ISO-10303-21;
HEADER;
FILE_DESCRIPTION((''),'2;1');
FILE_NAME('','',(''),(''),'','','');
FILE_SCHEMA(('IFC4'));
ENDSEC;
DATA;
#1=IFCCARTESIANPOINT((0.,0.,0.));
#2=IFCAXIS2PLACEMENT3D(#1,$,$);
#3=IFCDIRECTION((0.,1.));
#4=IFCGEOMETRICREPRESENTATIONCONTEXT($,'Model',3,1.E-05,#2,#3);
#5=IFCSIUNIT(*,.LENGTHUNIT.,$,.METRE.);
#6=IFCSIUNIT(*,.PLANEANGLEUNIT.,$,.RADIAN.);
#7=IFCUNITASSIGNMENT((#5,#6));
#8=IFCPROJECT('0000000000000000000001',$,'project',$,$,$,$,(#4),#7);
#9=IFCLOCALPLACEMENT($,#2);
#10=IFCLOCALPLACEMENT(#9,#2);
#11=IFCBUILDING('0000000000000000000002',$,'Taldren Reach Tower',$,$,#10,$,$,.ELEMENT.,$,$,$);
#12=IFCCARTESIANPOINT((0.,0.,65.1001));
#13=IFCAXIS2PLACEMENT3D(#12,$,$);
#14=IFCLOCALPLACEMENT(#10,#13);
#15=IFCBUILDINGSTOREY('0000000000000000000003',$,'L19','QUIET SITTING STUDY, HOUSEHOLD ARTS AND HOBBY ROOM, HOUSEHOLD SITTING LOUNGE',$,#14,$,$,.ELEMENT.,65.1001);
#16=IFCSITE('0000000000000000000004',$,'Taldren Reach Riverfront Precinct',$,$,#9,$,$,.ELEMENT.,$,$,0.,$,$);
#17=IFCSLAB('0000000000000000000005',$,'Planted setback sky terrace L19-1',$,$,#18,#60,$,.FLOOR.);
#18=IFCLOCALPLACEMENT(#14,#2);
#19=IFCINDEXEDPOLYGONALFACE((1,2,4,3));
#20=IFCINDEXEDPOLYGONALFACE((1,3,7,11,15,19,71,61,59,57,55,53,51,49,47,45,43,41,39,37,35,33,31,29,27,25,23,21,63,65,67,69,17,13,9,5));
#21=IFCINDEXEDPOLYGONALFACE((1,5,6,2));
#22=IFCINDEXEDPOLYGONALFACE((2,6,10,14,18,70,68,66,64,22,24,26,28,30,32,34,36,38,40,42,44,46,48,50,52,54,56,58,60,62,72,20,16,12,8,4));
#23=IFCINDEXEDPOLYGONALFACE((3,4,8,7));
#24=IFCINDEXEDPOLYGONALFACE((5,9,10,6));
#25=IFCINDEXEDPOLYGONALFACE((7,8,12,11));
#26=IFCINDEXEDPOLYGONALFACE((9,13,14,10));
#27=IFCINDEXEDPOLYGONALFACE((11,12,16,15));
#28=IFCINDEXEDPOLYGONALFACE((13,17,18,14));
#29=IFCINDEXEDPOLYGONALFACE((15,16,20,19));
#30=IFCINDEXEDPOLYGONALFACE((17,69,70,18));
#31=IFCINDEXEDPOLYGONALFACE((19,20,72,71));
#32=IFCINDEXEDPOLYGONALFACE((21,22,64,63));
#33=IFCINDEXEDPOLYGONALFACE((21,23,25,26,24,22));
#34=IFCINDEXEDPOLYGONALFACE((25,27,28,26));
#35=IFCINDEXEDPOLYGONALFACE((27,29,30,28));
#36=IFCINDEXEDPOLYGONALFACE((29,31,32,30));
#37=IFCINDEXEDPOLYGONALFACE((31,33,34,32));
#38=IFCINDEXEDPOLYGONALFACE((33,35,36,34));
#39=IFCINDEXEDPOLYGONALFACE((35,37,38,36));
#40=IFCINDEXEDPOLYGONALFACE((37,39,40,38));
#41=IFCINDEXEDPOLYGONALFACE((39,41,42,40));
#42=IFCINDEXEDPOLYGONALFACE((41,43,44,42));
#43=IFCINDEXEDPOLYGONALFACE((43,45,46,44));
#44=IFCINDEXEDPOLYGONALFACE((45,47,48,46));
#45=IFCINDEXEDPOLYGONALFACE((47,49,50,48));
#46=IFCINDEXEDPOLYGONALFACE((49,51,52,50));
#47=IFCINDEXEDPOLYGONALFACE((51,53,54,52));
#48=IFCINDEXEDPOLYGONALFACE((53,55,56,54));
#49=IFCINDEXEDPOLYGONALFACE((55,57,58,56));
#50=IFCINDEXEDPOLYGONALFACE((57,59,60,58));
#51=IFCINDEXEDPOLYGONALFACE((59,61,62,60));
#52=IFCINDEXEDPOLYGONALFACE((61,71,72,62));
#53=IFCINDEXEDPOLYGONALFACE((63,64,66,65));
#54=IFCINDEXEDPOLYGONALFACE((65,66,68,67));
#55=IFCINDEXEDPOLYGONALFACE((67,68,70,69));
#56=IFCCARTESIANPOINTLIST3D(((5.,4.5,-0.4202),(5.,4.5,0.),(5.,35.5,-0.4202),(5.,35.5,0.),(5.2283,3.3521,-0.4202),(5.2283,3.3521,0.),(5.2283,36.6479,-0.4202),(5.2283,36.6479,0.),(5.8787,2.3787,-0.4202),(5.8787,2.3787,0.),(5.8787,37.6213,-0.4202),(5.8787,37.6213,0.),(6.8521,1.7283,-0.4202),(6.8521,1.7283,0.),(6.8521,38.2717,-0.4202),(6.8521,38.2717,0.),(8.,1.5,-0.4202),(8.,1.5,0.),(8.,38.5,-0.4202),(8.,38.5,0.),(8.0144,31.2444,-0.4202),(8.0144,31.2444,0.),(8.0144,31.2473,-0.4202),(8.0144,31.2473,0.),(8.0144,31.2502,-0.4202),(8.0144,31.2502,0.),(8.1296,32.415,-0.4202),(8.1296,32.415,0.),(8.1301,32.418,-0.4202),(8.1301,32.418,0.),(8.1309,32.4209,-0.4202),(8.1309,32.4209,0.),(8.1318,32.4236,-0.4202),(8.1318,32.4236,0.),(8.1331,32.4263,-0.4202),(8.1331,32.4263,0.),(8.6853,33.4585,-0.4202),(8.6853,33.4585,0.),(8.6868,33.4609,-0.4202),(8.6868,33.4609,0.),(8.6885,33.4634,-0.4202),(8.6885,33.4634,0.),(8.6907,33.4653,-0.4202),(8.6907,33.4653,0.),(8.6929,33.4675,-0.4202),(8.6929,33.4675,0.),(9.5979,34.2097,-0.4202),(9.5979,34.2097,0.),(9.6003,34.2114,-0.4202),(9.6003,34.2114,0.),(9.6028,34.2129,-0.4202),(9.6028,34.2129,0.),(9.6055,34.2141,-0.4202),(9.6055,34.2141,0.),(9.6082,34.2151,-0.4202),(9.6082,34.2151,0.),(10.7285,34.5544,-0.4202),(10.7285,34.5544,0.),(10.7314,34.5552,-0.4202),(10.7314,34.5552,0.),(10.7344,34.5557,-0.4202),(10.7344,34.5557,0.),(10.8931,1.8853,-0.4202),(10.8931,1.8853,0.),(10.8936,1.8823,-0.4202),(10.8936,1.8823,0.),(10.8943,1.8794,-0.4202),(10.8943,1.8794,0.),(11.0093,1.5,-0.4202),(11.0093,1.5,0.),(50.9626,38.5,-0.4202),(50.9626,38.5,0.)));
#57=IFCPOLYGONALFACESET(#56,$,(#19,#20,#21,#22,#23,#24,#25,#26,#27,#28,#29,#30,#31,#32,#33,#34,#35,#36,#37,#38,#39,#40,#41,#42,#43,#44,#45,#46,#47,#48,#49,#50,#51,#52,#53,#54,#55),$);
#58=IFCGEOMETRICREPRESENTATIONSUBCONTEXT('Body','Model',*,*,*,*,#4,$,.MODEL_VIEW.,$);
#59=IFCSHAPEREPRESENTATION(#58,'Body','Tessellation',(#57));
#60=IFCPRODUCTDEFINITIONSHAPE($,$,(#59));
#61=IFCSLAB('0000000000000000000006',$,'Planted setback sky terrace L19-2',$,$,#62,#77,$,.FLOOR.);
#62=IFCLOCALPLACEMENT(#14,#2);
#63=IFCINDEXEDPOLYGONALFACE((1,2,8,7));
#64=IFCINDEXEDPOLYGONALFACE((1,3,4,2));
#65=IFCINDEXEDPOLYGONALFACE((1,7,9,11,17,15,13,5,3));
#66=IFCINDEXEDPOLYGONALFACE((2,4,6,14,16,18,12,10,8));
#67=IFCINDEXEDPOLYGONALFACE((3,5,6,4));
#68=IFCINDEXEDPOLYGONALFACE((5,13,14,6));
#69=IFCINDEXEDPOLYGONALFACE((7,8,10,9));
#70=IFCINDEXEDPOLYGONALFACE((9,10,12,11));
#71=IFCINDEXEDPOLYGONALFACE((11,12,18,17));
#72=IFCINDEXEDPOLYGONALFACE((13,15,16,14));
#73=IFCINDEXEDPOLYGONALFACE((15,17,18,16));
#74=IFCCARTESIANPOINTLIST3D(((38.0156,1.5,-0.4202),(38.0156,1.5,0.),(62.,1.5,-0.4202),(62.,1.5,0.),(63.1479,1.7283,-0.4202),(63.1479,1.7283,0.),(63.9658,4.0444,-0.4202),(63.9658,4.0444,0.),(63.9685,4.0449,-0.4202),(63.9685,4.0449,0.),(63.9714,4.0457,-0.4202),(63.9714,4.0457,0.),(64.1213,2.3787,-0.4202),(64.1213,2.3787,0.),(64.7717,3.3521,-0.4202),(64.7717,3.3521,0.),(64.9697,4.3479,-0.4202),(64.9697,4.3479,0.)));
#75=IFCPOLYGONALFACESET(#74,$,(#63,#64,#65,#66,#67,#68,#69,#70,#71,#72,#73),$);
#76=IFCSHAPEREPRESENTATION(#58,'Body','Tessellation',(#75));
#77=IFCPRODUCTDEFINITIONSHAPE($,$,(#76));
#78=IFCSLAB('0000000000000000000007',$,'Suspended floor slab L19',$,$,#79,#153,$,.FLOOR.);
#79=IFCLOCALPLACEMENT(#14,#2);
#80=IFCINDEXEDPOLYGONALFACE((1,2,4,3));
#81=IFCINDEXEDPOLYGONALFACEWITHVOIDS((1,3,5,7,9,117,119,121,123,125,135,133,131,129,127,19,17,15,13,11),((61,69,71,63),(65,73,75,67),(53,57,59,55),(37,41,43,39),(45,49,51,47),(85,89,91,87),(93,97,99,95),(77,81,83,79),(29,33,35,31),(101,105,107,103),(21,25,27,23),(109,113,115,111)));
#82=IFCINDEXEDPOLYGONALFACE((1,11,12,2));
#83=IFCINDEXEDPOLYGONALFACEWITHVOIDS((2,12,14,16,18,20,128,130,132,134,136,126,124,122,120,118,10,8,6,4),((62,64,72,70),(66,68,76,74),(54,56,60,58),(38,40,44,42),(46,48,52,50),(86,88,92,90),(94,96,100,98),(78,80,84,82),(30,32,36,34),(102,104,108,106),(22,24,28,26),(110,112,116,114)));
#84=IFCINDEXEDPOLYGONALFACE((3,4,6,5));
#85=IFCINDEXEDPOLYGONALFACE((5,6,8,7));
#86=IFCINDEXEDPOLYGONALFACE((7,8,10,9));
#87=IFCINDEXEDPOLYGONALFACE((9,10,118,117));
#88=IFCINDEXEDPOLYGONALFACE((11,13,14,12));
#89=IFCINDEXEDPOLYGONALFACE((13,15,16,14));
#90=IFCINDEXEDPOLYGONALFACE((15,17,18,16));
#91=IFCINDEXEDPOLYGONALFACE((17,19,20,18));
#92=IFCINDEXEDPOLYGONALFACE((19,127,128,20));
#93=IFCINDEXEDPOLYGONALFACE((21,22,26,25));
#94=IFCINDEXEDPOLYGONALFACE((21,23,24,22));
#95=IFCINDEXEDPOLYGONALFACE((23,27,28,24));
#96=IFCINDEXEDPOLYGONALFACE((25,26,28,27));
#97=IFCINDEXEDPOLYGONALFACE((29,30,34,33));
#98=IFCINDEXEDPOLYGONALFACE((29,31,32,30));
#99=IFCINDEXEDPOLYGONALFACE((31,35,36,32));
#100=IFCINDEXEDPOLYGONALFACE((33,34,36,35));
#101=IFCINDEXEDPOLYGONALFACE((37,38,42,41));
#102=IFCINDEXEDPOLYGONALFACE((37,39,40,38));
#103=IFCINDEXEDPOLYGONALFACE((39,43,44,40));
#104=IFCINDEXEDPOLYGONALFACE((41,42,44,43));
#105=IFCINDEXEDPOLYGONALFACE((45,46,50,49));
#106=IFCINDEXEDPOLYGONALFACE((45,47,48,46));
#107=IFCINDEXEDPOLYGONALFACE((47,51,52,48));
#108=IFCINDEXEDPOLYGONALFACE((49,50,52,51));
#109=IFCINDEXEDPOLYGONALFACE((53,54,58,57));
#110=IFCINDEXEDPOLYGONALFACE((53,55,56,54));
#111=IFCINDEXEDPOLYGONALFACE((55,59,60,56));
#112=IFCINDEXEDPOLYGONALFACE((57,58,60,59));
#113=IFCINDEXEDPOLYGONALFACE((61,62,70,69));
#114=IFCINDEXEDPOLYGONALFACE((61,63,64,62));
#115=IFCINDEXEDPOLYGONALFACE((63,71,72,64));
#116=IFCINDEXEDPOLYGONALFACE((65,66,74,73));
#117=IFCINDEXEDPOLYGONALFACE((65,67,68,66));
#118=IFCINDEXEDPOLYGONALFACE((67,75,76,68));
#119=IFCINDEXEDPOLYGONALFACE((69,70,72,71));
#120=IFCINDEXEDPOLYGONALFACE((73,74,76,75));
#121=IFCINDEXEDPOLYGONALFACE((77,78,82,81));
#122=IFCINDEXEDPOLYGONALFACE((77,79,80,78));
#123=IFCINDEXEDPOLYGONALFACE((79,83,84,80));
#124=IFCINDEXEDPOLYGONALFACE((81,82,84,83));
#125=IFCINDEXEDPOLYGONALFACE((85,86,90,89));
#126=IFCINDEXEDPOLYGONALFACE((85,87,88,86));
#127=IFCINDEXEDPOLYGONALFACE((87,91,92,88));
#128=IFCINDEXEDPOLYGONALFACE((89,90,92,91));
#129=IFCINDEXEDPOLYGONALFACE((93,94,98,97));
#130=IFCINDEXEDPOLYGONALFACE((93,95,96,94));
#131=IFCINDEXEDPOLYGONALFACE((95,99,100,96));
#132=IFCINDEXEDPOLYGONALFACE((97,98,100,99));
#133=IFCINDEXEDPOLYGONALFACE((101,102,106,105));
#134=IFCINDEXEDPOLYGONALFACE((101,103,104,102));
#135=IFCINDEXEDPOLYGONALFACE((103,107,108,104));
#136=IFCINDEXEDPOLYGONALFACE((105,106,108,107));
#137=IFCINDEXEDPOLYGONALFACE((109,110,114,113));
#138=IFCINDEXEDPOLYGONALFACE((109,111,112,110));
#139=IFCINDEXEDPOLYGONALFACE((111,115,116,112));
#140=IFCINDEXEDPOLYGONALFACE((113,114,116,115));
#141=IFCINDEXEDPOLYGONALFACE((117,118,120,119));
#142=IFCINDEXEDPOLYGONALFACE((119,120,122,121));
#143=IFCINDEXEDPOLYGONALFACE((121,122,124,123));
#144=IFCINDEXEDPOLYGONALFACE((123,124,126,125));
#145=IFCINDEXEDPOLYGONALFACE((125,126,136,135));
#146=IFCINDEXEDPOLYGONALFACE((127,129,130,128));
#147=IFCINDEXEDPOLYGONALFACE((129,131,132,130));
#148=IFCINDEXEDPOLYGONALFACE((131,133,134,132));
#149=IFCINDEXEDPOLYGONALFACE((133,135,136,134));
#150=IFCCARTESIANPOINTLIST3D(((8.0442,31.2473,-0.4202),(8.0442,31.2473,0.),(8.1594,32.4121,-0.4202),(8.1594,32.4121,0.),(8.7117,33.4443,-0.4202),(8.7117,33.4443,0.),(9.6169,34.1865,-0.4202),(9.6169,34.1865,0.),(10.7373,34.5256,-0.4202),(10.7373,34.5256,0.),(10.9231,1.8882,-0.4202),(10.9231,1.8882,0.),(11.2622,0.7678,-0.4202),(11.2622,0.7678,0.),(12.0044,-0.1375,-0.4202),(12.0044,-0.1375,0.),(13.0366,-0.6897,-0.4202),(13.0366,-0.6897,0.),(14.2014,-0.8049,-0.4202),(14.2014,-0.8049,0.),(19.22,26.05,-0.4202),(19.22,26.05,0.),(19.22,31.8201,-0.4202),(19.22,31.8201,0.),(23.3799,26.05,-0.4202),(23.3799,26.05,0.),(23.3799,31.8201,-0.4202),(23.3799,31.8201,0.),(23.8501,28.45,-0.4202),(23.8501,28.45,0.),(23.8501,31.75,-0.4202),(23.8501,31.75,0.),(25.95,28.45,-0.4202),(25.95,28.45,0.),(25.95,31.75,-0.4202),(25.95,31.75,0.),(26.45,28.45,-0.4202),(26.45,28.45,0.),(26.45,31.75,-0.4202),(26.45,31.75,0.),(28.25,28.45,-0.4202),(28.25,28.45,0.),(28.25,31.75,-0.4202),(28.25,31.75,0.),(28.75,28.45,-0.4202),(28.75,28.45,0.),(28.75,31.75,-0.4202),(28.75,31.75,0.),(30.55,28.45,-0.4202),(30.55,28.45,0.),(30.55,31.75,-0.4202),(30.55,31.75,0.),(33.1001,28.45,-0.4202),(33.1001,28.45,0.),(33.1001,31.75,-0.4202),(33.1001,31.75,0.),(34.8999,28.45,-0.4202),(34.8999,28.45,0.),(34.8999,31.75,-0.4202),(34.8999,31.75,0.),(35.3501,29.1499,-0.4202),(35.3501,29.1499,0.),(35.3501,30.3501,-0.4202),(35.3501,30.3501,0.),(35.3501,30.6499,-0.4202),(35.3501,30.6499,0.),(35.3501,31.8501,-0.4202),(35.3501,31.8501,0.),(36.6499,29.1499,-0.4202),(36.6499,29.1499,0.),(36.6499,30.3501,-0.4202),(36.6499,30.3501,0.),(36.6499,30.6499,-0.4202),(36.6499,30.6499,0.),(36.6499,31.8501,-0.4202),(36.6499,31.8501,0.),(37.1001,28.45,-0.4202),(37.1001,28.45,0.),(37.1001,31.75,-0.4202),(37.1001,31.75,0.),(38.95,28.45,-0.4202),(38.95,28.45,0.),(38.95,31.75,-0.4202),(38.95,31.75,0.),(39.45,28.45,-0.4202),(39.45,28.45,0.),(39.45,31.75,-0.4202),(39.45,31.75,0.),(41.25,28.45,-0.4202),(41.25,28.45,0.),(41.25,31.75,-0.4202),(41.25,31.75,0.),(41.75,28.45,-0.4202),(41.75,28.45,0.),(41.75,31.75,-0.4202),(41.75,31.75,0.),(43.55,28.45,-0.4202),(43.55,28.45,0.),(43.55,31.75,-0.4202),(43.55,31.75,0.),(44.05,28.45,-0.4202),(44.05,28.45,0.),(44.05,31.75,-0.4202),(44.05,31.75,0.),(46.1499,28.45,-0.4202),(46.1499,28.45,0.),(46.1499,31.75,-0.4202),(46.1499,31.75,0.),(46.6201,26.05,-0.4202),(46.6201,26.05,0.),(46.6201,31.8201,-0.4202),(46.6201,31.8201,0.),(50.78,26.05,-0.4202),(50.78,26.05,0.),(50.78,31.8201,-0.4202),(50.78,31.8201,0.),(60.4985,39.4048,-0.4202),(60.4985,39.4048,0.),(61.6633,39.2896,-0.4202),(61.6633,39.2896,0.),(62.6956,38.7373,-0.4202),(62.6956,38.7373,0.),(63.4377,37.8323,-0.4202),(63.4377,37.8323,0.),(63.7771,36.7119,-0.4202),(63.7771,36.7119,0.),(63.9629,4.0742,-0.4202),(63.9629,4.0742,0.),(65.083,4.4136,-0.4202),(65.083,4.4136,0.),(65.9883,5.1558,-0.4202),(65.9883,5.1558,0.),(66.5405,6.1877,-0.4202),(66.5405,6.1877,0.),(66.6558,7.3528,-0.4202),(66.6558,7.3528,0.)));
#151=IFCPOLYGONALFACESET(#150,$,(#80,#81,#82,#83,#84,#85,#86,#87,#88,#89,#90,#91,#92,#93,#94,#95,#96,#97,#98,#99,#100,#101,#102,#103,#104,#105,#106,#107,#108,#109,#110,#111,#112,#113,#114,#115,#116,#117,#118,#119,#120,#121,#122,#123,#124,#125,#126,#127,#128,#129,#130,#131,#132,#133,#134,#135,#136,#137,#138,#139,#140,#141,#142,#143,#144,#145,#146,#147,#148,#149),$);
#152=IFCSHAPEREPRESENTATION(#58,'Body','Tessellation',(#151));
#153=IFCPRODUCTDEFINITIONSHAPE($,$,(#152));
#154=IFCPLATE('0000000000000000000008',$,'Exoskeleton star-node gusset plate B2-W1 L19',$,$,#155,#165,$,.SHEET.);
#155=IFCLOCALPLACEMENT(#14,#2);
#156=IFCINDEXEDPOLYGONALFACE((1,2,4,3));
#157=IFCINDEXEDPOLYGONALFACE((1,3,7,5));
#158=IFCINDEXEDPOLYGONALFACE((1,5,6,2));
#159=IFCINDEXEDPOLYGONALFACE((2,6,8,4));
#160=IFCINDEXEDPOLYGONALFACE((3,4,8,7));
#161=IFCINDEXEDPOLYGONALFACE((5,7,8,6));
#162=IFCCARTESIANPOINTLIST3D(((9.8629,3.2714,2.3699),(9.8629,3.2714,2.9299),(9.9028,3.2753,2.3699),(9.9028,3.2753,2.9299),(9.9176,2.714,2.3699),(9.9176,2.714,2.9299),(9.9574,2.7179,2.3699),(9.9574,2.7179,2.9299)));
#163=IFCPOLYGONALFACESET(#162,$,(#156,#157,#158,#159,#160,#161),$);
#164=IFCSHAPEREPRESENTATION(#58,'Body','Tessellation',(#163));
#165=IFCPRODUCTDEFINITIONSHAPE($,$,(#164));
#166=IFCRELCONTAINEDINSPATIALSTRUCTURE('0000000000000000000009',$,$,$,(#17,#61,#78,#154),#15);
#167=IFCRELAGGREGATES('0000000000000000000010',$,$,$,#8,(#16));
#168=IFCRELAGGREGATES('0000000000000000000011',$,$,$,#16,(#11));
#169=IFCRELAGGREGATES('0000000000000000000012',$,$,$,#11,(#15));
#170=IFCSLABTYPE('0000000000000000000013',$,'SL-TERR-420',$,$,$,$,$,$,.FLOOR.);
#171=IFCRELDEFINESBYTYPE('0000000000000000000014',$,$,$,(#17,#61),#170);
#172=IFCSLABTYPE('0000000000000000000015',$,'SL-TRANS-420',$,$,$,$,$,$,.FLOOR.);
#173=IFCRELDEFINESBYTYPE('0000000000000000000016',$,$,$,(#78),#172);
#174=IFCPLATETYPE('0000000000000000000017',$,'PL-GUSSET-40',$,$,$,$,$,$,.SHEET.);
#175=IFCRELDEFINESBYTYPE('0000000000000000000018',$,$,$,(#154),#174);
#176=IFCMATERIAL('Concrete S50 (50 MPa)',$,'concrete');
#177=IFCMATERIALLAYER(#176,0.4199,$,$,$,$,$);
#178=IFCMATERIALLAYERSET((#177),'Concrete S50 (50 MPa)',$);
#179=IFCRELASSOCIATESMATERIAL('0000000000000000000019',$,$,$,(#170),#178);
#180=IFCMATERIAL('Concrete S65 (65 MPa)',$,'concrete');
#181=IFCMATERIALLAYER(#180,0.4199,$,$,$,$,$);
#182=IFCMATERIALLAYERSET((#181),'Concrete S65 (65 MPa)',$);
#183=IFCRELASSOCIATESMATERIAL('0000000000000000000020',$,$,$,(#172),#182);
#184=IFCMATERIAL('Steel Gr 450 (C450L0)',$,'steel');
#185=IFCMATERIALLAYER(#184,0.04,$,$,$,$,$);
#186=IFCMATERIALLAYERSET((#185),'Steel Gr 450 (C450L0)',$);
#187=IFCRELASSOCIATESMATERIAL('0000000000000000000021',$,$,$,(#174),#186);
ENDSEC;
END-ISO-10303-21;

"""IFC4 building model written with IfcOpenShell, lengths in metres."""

from ifc_helpers import new_model, si_unit, direction, frame, origin, origin_2d, place, context, subcontext, project, spatial, polyline, rectangle, outline, extrude, source, transform, mapped, material, layer, layer_set, type_object, element, save


model = new_model("IFC4")

# Units and contexts
model_context = context("Model", 3, precision=1e-05, world=origin(), true_north=direction((0.0, 1.0)))
body_context = subcontext(model_context, "Body", "Model", "MODEL_VIEW")
ifc_project = project(units=[si_unit("LENGTHUNIT", "METRE"), si_unit("PLANEANGLEUNIT", "RADIAN")], contexts=[model_context])

# Site, building, storey
site_placement = place(None, origin())
site = spatial("IfcSite", under=ifc_project, at=site_placement, Name="Taldren Reach Riverfront Precinct", CompositionType="ELEMENT", RefElevation=0.0)
building_placement = place(site_placement, origin())
building = spatial("IfcBuilding", under=site, at=building_placement, Name="Taldren Reach Tower", CompositionType="ELEMENT")
storey_placement = place(building_placement, frame((0.0, 0.0, 65.1001)))
storey = spatial("IfcBuildingStorey", under=building, at=storey_placement, Name="L19", Description="QUIET SITTING STUDY, HOUSEHOLD ARTS AND HOBBY ROOM, HOUSEHOLD SITTING LOUNGE", CompositionType="ELEMENT", Elevation=65.1001)

# Shared definitions
ifc_material_1 = material(Name="Steel Gr 450 (C450L0)", Category="steel")

# Shared definitions
ifc_material_2 = material(Name="Concrete S50 (50 MPa)", Category="concrete")

# Slabs
ifc_layer_1 = layer(ifc_material_2, 0.4199)
ifc_layer_set_1 = layer_set([ifc_layer_1], Name="Concrete S50 (50 MPa)")
slab_type_1 = type_object("IfcSlabType", Name="SL-TERR-420", PredefinedType="FLOOR", material=ifc_layer_set_1)
slab_1_placement = place(storey_placement, frame((0.0, 0.0, -0.4202)))
element("IfcSlab", 1, at=slab_1_placement, inside=storey, type_object=slab_type_1, Name="Planted setback sky terrace L19-1", PredefinedType="FLOOR", context=body_context, shape_type="SweptSolid", body=[
    extrude(outline(polyline([(6.8521, 1.7283), (5.8787, 2.3787), (5.2283, 3.3521), (5.0, 4.5), (5.0, 35.5), (5.2283, 36.6479), (5.8787, 37.6213), (6.8521, 38.2717), (8.0, 38.5), (50.9626, 38.5), (10.7344, 34.5557), (10.7314, 34.5552), (10.7285, 34.5544), (9.6082, 34.2151), (9.6055, 34.2141), (9.6028, 34.2129), (9.6003, 34.2114), (9.5979, 34.2097), (8.6929, 33.4675), (8.6907, 33.4653), (8.6885, 33.4634), (8.6868, 33.4609), (8.6853, 33.4585), (8.1331, 32.4263), (8.1318, 32.4236), (8.1309, 32.4209), (8.1301, 32.418), (8.1296, 32.415), (8.0144, 31.2502), (8.0144, 31.2473), (8.0144, 31.2444), (10.8931, 1.8853), (10.8936, 1.8823), (10.8943, 1.8794), (11.0093, 1.5), (8.0, 1.5), (6.8521, 1.7283)])), origin(), (0.0, 0.0, 1.0), 0.4202),
])
slab_2_placement = place(storey_placement, frame((0.0, 0.0, -0.4202)))
element("IfcSlab", 2, at=slab_2_placement, inside=storey, type_object=slab_type_1, Name="Planted setback sky terrace L19-2", PredefinedType="FLOOR", context=body_context, shape_type="SweptSolid", body=[
    extrude(outline(polyline([(64.1213, 2.3787), (63.1479, 1.7283), (62.0, 1.5), (38.0156, 1.5), (63.9658, 4.0444), (63.9685, 4.0449), (63.9714, 4.0457), (64.9697, 4.3479), (64.7717, 3.3521), (64.1213, 2.3787)])), origin(), (0.0, 0.0, 1.0), 0.4202),
])
ifc_material_3 = material(Name="Concrete S65 (65 MPa)", Category="concrete")
ifc_layer_2 = layer(ifc_material_3, 0.4199)
ifc_layer_set_2 = layer_set([ifc_layer_2], Name="Concrete S65 (65 MPa)")
slab_type_2 = type_object("IfcSlabType", Name="SL-TRANS-420", PredefinedType="FLOOR", material=ifc_layer_set_2)
slab_3_placement = place(storey_placement, frame((0.0, 0.0, -0.4202)))
element("IfcSlab", 3, at=slab_3_placement, inside=storey, type_object=slab_type_2, Name="Suspended floor slab L19", PredefinedType="FLOOR", context=body_context, shape_type="SweptSolid", body=[
    extrude(outline(polyline([(63.9629, 4.0742), (65.083, 4.4136), (65.9883, 5.1558), (66.5405, 6.1877), (66.6558, 7.3528), (63.7771, 36.7119), (63.4377, 37.8323), (62.6956, 38.7373), (61.6633, 39.2896), (60.4985, 39.4048), (10.7373, 34.5256), (9.6169, 34.1865), (8.7117, 33.4443), (8.1594, 32.4121), (8.0442, 31.2473), (10.9231, 1.8882), (11.2622, 0.7678), (12.0044, -0.1375), (13.0366, -0.6897), (14.2014, -0.8049), (63.9629, 4.0742)]), holes=[polyline([(19.22, 26.05), (23.3799, 26.05), (23.3799, 31.8201), (19.22, 31.8201), (19.22, 26.05)]), polyline([(46.6201, 26.05), (50.78, 26.05), (50.78, 31.8201), (46.6201, 31.8201), (46.6201, 26.05)]), polyline([(23.8501, 28.45), (25.95, 28.45), (25.95, 31.75), (23.8501, 31.75), (23.8501, 28.45)]), polyline([(44.05, 28.45), (46.1499, 28.45), (46.1499, 31.75), (44.05, 31.75), (44.05, 28.45)]), polyline([(26.45, 28.45), (28.25, 28.45), (28.25, 31.75), (26.45, 31.75), (26.45, 28.45)]), polyline([(28.75, 28.45), (30.55, 28.45), (30.55, 31.75), (28.75, 31.75), (28.75, 28.45)]), polyline([(33.1001, 28.45), (34.8999, 28.45), (34.8999, 31.75), (33.1001, 31.75), (33.1001, 28.45)]), polyline([(37.1001, 28.45), (38.95, 28.45), (38.95, 31.75), (37.1001, 31.75), (37.1001, 28.45)]), polyline([(39.45, 28.45), (41.25, 28.45), (41.25, 31.75), (39.45, 31.75), (39.45, 28.45)]), polyline([(41.75, 28.45), (43.55, 28.45), (43.55, 31.75), (41.75, 31.75), (41.75, 28.45)]), polyline([(35.3501, 30.6499), (36.6499, 30.6499), (36.6499, 31.8501), (35.3501, 31.8501), (35.3501, 30.6499)]), polyline([(35.3501, 29.1499), (36.6499, 29.1499), (36.6499, 30.3501), (35.3501, 30.3501), (35.3501, 29.1499)])]), origin(), (0.0, 0.0, 1.0), 0.4202),
])

# Plate
ifc_layer_3 = layer(ifc_material_1, 0.04)
ifc_layer_set_3 = layer_set([ifc_layer_3], Name="Steel Gr 450 (C450L0)")
plate_type_1 = type_object("IfcPlateType", Name="PL-GUSSET-40", PredefinedType="SHEET", material=ifc_layer_set_3)
shared_shape_1 = source(origin(), body_context, "Body", "SweptSolid", [
    extrude(rectangle(XDim=0.5601, YDim=0.04, at=origin_2d()), origin(), (0.0, 0.0, 1.0), 0.5601),
])
plate_1_placement = place(storey_placement, frame((9.9102, 2.9946, 2.3699), z_axis=(0.0, 0.0, 1.0), x_axis=(-0.097583, 0.995227, 0.0)))
element("IfcPlate", 4, at=plate_1_placement, inside=storey, type_object=plate_type_1, Name="Exoskeleton star-node gusset plate B2-W1 L19", PredefinedType="SHEET", context=body_context, shape_type="MappedRepresentation", body=[
    mapped(shared_shape_1, transform((0.0, 0.0, 0.0), scale=1.0)),
])

save(model, "model.ifc")
